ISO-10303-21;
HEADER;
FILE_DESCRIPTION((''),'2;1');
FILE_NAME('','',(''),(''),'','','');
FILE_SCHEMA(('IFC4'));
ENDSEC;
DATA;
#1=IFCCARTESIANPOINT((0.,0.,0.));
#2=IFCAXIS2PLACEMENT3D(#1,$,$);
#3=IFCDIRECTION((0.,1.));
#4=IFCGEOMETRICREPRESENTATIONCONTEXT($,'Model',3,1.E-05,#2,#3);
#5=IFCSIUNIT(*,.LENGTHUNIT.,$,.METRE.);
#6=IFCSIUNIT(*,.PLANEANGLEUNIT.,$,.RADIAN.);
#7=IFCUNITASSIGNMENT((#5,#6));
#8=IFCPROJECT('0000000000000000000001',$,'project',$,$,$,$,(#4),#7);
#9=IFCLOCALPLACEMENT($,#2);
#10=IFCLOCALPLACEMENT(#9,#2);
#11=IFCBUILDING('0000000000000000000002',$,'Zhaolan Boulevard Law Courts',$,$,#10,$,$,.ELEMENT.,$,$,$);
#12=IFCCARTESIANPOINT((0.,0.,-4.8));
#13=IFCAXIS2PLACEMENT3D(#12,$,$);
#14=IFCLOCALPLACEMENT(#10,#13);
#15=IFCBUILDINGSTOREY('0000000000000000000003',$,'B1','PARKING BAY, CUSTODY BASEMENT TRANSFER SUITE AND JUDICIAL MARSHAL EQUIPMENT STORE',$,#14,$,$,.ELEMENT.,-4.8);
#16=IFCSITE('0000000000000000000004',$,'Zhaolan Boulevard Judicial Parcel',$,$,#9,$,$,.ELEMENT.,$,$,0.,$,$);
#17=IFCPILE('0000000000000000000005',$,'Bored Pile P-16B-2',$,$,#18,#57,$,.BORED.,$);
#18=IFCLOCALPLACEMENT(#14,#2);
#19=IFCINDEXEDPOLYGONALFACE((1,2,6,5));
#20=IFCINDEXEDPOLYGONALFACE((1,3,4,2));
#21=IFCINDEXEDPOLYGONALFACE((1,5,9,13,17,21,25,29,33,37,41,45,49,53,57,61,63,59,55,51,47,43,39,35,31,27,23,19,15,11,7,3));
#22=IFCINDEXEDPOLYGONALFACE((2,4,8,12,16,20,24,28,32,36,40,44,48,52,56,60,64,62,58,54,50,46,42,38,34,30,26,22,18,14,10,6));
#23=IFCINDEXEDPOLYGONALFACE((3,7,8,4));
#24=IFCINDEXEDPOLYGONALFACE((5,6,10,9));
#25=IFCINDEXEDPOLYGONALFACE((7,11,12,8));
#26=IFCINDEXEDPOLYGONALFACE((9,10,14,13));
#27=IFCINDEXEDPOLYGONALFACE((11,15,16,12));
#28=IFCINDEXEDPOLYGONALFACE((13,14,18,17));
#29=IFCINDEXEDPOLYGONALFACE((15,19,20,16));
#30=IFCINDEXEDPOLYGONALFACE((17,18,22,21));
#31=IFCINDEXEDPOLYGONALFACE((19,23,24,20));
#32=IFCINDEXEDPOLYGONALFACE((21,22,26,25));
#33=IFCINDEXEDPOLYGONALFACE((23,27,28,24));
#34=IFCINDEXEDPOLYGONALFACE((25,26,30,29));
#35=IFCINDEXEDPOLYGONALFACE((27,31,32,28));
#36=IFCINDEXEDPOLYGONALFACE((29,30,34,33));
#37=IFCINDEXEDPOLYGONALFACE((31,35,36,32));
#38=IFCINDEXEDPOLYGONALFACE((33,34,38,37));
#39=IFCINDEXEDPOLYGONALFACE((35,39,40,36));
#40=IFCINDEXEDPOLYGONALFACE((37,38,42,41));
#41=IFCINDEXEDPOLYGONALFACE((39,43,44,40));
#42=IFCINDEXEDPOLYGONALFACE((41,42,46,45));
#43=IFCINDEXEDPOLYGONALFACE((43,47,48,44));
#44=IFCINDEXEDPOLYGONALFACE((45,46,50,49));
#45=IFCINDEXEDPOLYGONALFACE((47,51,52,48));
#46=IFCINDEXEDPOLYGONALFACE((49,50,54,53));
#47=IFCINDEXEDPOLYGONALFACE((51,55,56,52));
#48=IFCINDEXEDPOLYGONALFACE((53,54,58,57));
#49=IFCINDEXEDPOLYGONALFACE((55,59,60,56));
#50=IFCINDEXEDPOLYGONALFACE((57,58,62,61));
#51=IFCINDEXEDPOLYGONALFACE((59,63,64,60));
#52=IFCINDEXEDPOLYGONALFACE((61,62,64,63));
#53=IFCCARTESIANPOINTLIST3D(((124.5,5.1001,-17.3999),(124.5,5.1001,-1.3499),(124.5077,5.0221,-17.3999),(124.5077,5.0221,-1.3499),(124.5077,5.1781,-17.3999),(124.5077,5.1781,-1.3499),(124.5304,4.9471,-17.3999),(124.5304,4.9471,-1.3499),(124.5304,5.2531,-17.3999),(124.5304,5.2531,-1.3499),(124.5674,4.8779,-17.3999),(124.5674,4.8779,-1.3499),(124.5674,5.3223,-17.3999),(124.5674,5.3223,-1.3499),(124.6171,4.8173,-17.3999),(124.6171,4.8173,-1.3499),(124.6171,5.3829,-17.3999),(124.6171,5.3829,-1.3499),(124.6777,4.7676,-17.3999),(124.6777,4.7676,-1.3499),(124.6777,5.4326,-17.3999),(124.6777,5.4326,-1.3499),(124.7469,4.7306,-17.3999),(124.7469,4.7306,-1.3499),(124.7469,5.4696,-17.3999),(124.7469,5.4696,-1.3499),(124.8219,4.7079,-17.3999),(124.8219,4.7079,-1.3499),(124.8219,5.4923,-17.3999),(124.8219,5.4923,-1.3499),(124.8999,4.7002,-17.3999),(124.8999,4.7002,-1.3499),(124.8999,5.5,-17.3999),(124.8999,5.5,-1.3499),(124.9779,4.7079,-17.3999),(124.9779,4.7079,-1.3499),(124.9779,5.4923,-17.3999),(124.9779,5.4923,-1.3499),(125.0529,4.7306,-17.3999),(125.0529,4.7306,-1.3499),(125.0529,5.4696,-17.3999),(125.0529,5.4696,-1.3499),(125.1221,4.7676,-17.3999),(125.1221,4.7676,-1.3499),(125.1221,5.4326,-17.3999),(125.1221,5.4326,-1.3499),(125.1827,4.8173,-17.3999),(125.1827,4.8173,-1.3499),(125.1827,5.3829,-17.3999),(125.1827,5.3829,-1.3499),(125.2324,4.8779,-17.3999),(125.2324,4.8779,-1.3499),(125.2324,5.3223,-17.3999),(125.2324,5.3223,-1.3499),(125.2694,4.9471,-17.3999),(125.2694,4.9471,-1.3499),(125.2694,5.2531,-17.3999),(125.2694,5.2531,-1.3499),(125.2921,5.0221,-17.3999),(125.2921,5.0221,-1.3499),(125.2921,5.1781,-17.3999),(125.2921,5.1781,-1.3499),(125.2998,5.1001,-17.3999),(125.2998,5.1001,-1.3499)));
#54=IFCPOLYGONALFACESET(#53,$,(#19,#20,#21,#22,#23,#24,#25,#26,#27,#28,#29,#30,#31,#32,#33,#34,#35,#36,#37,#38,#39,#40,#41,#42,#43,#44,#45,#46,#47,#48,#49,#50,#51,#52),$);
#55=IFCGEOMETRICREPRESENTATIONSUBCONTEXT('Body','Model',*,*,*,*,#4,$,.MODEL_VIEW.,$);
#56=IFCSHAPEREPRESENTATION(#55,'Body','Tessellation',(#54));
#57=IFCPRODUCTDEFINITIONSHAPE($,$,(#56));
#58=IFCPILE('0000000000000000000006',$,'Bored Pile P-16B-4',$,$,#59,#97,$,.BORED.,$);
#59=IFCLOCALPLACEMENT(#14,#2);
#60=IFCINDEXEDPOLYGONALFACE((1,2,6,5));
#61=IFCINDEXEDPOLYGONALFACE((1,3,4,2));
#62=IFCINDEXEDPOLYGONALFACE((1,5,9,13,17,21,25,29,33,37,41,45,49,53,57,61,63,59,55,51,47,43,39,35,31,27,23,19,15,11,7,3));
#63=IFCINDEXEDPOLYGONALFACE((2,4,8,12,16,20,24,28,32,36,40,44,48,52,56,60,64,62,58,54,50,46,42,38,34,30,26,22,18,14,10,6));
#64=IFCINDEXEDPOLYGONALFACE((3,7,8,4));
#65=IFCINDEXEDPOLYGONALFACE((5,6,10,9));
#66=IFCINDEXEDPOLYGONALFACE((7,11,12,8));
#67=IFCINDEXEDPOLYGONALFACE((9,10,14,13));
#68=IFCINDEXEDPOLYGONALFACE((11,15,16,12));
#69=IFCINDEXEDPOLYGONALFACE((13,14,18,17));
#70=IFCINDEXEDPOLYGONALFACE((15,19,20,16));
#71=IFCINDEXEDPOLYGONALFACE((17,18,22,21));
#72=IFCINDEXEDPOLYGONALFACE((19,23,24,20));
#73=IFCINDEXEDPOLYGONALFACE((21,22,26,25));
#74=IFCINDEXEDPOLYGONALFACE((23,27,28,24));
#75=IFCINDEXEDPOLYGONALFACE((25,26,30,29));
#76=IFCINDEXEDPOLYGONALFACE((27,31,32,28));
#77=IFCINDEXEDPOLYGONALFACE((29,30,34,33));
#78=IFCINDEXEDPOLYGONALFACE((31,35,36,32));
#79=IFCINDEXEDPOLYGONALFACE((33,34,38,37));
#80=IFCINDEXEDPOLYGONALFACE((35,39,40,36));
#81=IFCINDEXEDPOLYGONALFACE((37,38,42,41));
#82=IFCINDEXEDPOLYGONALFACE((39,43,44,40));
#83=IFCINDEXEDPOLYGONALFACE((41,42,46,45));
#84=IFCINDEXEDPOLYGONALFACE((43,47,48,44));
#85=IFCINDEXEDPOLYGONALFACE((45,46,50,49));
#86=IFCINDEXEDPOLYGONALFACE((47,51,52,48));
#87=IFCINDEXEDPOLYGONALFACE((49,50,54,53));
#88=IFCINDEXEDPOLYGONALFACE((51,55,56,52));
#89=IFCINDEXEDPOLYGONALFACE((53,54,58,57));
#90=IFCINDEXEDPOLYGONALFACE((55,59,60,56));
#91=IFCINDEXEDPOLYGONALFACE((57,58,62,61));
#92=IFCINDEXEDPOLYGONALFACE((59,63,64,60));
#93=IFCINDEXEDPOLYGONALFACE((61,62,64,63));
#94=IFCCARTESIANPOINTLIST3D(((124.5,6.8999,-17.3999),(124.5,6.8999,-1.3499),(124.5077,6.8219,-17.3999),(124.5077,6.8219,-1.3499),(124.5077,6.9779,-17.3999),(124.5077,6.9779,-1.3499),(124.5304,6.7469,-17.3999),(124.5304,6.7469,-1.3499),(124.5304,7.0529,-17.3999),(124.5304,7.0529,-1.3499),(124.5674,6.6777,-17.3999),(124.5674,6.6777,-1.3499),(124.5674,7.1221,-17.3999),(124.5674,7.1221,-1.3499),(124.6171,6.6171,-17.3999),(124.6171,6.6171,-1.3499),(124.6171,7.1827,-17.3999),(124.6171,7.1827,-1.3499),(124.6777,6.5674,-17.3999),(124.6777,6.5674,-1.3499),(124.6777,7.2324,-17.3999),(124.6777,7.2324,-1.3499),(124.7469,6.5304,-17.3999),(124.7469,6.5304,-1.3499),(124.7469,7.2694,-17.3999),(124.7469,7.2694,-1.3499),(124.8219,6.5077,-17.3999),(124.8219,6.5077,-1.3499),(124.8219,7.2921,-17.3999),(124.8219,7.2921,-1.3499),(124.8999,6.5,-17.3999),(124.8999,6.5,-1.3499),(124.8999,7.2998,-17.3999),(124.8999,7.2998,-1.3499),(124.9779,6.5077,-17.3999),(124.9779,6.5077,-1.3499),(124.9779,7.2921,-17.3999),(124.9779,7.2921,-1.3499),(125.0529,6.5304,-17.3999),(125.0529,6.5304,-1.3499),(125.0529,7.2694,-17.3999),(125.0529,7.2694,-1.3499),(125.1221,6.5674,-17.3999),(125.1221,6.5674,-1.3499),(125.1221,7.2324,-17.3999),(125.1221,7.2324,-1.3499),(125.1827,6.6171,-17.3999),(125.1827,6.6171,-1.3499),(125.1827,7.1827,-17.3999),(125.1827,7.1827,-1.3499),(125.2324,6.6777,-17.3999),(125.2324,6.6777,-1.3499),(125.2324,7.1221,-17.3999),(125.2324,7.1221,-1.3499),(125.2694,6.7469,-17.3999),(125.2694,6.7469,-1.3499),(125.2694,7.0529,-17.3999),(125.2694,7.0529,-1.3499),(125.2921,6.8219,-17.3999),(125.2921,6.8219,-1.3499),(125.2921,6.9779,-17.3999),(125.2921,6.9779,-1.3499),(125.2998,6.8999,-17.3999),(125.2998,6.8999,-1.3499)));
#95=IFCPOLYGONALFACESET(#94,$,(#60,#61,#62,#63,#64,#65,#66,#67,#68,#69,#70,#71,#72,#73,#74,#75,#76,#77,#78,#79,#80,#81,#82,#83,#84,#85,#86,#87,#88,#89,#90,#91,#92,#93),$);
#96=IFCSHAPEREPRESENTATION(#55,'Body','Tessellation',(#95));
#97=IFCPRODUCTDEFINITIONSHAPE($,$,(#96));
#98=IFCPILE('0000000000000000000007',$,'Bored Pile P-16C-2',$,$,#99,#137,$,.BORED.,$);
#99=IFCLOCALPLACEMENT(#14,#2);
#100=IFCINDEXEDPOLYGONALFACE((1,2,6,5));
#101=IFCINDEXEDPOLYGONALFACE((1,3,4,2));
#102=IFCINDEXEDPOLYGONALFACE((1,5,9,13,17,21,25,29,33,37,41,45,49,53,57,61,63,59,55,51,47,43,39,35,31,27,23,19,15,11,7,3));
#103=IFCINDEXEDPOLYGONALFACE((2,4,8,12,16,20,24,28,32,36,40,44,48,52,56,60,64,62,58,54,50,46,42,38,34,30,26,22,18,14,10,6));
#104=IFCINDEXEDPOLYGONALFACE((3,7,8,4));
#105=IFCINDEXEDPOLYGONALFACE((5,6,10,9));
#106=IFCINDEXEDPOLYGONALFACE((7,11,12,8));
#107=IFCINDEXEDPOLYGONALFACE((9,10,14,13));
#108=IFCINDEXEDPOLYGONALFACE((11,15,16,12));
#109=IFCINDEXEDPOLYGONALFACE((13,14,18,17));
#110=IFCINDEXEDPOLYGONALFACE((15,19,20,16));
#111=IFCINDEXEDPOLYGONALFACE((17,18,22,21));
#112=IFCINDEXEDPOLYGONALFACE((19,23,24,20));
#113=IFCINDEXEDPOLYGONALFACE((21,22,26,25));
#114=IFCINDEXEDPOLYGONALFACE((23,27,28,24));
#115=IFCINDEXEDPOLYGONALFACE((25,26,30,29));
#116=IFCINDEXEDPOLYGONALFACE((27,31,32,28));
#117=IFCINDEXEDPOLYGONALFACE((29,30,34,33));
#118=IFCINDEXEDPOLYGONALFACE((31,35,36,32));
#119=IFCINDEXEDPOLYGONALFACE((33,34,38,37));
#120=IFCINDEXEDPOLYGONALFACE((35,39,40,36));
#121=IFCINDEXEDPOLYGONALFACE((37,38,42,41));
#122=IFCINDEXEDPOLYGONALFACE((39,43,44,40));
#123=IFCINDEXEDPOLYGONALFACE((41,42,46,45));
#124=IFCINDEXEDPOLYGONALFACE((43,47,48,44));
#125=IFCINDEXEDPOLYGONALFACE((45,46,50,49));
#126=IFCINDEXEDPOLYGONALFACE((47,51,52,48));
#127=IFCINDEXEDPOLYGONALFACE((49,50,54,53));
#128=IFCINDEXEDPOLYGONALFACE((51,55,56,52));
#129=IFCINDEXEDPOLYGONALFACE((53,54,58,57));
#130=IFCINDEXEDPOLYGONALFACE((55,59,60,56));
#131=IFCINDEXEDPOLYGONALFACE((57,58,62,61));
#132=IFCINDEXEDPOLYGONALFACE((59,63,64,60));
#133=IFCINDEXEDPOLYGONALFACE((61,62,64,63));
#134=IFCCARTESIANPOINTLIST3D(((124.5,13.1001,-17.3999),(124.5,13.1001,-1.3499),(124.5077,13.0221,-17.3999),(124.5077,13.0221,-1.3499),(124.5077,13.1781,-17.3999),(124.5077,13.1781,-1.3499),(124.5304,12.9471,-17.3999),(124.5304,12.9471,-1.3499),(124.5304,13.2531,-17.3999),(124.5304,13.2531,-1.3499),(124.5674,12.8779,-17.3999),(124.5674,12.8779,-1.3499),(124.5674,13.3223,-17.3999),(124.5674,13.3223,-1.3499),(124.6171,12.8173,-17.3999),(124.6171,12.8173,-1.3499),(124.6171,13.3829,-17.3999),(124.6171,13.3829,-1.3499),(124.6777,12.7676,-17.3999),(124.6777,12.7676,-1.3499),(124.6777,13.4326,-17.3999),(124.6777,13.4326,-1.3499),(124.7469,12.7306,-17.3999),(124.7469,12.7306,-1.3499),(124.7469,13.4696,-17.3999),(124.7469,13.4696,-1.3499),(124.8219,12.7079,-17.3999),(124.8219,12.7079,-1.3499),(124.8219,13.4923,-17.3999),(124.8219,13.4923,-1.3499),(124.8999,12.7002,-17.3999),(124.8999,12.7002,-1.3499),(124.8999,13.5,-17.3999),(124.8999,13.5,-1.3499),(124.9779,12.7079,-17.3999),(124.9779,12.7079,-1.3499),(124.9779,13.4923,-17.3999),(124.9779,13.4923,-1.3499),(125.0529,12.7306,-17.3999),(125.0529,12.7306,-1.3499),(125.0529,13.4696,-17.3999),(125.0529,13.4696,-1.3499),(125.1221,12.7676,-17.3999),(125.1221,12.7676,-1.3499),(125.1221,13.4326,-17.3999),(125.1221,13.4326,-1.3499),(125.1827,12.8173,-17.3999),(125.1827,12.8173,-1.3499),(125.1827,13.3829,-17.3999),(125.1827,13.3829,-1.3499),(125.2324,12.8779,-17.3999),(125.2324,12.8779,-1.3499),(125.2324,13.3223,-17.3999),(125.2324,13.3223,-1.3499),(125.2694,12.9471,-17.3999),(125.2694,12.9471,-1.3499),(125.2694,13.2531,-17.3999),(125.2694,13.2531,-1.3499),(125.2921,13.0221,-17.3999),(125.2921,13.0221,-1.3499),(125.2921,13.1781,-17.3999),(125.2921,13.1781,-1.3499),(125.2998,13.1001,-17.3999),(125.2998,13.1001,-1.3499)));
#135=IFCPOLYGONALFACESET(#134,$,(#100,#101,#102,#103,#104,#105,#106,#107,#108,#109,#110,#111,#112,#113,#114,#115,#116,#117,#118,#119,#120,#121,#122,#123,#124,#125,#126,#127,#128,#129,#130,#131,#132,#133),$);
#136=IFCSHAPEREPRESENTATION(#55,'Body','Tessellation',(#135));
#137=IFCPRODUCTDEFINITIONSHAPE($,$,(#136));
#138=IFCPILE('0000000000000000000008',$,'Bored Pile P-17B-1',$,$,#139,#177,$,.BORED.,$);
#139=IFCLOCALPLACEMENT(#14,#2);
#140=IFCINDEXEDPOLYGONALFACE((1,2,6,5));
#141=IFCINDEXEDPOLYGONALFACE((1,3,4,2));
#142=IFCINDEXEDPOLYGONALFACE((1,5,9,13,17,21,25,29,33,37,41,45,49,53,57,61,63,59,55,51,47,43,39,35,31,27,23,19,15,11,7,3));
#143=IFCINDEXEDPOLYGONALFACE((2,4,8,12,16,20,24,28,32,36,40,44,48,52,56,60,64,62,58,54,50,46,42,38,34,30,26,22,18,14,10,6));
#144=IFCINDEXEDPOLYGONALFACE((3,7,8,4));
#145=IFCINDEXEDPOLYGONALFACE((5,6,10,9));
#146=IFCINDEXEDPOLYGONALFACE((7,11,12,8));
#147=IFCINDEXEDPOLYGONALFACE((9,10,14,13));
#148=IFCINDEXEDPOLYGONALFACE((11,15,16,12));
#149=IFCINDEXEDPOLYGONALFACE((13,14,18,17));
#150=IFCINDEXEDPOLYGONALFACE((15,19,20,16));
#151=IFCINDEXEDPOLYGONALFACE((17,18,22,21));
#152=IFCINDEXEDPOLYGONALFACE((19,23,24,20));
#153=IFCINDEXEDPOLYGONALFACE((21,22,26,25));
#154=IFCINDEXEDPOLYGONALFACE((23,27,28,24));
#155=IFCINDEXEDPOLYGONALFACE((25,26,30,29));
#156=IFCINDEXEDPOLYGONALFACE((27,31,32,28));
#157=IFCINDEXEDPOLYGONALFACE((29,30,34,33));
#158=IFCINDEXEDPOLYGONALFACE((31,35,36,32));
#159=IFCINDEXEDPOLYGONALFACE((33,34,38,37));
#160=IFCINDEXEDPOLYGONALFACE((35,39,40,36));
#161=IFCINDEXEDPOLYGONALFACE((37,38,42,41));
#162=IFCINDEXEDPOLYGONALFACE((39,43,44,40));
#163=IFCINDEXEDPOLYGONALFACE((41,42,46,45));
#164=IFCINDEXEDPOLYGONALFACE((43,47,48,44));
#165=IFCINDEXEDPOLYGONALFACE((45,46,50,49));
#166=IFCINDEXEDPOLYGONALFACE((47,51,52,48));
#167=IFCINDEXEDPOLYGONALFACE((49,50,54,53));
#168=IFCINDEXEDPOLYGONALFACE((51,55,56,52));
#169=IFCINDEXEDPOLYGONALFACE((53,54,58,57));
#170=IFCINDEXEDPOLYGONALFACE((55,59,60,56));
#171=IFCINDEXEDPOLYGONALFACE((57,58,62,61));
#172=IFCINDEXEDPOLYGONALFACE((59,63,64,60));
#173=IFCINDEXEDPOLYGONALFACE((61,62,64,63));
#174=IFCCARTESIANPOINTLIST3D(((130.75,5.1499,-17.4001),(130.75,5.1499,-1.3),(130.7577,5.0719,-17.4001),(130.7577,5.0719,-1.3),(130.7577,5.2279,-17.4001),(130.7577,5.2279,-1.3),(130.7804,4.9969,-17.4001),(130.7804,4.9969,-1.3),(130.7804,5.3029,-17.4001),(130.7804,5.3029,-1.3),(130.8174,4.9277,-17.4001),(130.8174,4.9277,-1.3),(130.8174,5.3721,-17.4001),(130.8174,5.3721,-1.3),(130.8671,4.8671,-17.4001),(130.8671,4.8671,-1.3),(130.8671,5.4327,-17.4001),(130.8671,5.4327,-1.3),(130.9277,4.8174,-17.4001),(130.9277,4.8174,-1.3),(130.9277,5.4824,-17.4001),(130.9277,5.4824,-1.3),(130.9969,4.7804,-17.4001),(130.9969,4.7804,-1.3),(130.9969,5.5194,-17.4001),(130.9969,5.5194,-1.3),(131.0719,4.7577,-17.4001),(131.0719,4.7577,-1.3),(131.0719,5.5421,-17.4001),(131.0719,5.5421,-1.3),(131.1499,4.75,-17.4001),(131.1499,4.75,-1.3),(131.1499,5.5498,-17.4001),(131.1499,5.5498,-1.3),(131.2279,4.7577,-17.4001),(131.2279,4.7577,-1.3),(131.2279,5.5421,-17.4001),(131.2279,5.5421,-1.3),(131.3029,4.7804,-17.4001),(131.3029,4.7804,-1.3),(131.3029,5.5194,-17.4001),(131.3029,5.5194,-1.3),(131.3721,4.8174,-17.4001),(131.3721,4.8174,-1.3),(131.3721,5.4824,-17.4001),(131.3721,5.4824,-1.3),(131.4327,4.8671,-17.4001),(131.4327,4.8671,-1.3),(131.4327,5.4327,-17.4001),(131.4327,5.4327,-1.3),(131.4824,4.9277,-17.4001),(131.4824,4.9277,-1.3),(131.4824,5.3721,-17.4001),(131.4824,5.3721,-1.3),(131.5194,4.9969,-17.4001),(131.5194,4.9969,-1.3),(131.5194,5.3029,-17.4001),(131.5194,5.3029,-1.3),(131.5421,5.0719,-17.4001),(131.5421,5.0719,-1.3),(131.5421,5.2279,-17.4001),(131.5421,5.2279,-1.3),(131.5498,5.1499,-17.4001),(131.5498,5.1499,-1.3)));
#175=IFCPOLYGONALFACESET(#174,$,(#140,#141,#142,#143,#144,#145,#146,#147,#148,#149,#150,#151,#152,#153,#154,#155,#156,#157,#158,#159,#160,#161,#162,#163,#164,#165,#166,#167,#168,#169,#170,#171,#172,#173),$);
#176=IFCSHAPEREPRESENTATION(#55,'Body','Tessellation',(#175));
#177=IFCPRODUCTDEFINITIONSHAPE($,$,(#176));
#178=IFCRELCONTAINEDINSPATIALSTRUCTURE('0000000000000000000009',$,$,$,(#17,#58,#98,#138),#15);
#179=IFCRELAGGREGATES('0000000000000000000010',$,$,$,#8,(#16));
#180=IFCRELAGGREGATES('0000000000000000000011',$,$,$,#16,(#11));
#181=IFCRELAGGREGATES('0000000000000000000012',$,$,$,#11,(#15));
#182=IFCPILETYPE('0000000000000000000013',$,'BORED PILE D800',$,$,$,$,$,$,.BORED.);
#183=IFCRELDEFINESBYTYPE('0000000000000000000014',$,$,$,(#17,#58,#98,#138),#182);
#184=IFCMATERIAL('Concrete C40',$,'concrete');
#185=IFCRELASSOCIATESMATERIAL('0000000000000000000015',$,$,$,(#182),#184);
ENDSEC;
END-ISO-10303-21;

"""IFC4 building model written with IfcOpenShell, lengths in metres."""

from ifc_helpers import new_model, si_unit, direction, frame, origin, origin_2d, place, context, subcontext, project, spatial, circle, extrude, material, material_profile, profile_set, type_object, element, save


model = new_model("IFC4")

# Units and contexts
model_context = context("Model", 3, precision=1e-05, world=origin(), true_north=direction((0.0, 1.0)))
body_context = subcontext(model_context, "Body", "Model", "MODEL_VIEW")
ifc_project = project(units=[si_unit("LENGTHUNIT", "METRE"), si_unit("PLANEANGLEUNIT", "RADIAN")], contexts=[model_context])

# Site, building, storey
site_placement = place(None, origin())
site = spatial("IfcSite", under=ifc_project, at=site_placement, Name="Zhaolan Boulevard Judicial Parcel", CompositionType="ELEMENT", RefElevation=0.0)
building_placement = place(site_placement, origin())
building = spatial("IfcBuilding", under=site, at=building_placement, Name="Zhaolan Boulevard Law Courts", CompositionType="ELEMENT")
storey_placement = place(building_placement, frame((0.0, 0.0, -4.8)))
storey = spatial("IfcBuildingStorey", under=building, at=storey_placement, Name="B1", Description="PARKING BAY, CUSTODY BASEMENT TRANSFER SUITE AND JUDICIAL MARSHAL EQUIPMENT STORE", CompositionType="ELEMENT", Elevation=-4.8)

# Piles
ifc_material_1 = material(Name="Concrete C40", Category="concrete")
ifc_material_profile_1 = material_profile(ifc_material_1, circle(Radius=0.3999, at=origin_2d()), Name="PILE-D800")
ifc_profile_set_1 = profile_set([ifc_material_profile_1], Name="Concrete C40")
pile_type = type_object("IfcPileType", Name="BORED PILE D800", PredefinedType="BORED", material=ifc_profile_set_1)
for number, where, z_axis, x_axis, name in (
    (1, (124.8999, 5.1001, -1.3499), (0.0, 0.0, -1.0), (1.0, 0.0, 0.0), "Bored Pile P-16B-2"),
    (2, (124.8999, 6.8999, -1.3499), (0.0, 0.0, -1.0), (1.0, 0.0, 0.0), "Bored Pile P-16B-4"),
    (3, (124.8999, 13.1001, -1.3499), (0.0, 0.0, -1.0), (1.0, 0.0, 0.0), "Bored Pile P-16C-2"),
):
    element("IfcPile", number, at=place(storey_placement, frame(where, z_axis=z_axis, x_axis=x_axis)), inside=storey, type_object=pile_type, Name=name, PredefinedType="BORED", context=body_context, shape_type="SweptSolid", body=[
        extrude(circle(Radius=0.3999, at=origin_2d()), origin(), (0.0, 0.0, 1.0), 16.05),
    ])
for number, where, z_axis, x_axis, name in (
    (4, (131.1499, 5.1499, -1.3), (0.0, 0.0, -1.0), (1.0, 0.0, 0.0), "Bored Pile P-17B-1"),
):
    element("IfcPile", number, at=place(storey_placement, frame(where, z_axis=z_axis, x_axis=x_axis)), inside=storey, type_object=pile_type, Name=name, PredefinedType="BORED", context=body_context, shape_type="SweptSolid", body=[
        extrude(circle(Radius=0.3999, at=origin_2d()), origin(), (0.0, 0.0, 1.0), 16.1001),
    ])

save(model, "model.ifc")
